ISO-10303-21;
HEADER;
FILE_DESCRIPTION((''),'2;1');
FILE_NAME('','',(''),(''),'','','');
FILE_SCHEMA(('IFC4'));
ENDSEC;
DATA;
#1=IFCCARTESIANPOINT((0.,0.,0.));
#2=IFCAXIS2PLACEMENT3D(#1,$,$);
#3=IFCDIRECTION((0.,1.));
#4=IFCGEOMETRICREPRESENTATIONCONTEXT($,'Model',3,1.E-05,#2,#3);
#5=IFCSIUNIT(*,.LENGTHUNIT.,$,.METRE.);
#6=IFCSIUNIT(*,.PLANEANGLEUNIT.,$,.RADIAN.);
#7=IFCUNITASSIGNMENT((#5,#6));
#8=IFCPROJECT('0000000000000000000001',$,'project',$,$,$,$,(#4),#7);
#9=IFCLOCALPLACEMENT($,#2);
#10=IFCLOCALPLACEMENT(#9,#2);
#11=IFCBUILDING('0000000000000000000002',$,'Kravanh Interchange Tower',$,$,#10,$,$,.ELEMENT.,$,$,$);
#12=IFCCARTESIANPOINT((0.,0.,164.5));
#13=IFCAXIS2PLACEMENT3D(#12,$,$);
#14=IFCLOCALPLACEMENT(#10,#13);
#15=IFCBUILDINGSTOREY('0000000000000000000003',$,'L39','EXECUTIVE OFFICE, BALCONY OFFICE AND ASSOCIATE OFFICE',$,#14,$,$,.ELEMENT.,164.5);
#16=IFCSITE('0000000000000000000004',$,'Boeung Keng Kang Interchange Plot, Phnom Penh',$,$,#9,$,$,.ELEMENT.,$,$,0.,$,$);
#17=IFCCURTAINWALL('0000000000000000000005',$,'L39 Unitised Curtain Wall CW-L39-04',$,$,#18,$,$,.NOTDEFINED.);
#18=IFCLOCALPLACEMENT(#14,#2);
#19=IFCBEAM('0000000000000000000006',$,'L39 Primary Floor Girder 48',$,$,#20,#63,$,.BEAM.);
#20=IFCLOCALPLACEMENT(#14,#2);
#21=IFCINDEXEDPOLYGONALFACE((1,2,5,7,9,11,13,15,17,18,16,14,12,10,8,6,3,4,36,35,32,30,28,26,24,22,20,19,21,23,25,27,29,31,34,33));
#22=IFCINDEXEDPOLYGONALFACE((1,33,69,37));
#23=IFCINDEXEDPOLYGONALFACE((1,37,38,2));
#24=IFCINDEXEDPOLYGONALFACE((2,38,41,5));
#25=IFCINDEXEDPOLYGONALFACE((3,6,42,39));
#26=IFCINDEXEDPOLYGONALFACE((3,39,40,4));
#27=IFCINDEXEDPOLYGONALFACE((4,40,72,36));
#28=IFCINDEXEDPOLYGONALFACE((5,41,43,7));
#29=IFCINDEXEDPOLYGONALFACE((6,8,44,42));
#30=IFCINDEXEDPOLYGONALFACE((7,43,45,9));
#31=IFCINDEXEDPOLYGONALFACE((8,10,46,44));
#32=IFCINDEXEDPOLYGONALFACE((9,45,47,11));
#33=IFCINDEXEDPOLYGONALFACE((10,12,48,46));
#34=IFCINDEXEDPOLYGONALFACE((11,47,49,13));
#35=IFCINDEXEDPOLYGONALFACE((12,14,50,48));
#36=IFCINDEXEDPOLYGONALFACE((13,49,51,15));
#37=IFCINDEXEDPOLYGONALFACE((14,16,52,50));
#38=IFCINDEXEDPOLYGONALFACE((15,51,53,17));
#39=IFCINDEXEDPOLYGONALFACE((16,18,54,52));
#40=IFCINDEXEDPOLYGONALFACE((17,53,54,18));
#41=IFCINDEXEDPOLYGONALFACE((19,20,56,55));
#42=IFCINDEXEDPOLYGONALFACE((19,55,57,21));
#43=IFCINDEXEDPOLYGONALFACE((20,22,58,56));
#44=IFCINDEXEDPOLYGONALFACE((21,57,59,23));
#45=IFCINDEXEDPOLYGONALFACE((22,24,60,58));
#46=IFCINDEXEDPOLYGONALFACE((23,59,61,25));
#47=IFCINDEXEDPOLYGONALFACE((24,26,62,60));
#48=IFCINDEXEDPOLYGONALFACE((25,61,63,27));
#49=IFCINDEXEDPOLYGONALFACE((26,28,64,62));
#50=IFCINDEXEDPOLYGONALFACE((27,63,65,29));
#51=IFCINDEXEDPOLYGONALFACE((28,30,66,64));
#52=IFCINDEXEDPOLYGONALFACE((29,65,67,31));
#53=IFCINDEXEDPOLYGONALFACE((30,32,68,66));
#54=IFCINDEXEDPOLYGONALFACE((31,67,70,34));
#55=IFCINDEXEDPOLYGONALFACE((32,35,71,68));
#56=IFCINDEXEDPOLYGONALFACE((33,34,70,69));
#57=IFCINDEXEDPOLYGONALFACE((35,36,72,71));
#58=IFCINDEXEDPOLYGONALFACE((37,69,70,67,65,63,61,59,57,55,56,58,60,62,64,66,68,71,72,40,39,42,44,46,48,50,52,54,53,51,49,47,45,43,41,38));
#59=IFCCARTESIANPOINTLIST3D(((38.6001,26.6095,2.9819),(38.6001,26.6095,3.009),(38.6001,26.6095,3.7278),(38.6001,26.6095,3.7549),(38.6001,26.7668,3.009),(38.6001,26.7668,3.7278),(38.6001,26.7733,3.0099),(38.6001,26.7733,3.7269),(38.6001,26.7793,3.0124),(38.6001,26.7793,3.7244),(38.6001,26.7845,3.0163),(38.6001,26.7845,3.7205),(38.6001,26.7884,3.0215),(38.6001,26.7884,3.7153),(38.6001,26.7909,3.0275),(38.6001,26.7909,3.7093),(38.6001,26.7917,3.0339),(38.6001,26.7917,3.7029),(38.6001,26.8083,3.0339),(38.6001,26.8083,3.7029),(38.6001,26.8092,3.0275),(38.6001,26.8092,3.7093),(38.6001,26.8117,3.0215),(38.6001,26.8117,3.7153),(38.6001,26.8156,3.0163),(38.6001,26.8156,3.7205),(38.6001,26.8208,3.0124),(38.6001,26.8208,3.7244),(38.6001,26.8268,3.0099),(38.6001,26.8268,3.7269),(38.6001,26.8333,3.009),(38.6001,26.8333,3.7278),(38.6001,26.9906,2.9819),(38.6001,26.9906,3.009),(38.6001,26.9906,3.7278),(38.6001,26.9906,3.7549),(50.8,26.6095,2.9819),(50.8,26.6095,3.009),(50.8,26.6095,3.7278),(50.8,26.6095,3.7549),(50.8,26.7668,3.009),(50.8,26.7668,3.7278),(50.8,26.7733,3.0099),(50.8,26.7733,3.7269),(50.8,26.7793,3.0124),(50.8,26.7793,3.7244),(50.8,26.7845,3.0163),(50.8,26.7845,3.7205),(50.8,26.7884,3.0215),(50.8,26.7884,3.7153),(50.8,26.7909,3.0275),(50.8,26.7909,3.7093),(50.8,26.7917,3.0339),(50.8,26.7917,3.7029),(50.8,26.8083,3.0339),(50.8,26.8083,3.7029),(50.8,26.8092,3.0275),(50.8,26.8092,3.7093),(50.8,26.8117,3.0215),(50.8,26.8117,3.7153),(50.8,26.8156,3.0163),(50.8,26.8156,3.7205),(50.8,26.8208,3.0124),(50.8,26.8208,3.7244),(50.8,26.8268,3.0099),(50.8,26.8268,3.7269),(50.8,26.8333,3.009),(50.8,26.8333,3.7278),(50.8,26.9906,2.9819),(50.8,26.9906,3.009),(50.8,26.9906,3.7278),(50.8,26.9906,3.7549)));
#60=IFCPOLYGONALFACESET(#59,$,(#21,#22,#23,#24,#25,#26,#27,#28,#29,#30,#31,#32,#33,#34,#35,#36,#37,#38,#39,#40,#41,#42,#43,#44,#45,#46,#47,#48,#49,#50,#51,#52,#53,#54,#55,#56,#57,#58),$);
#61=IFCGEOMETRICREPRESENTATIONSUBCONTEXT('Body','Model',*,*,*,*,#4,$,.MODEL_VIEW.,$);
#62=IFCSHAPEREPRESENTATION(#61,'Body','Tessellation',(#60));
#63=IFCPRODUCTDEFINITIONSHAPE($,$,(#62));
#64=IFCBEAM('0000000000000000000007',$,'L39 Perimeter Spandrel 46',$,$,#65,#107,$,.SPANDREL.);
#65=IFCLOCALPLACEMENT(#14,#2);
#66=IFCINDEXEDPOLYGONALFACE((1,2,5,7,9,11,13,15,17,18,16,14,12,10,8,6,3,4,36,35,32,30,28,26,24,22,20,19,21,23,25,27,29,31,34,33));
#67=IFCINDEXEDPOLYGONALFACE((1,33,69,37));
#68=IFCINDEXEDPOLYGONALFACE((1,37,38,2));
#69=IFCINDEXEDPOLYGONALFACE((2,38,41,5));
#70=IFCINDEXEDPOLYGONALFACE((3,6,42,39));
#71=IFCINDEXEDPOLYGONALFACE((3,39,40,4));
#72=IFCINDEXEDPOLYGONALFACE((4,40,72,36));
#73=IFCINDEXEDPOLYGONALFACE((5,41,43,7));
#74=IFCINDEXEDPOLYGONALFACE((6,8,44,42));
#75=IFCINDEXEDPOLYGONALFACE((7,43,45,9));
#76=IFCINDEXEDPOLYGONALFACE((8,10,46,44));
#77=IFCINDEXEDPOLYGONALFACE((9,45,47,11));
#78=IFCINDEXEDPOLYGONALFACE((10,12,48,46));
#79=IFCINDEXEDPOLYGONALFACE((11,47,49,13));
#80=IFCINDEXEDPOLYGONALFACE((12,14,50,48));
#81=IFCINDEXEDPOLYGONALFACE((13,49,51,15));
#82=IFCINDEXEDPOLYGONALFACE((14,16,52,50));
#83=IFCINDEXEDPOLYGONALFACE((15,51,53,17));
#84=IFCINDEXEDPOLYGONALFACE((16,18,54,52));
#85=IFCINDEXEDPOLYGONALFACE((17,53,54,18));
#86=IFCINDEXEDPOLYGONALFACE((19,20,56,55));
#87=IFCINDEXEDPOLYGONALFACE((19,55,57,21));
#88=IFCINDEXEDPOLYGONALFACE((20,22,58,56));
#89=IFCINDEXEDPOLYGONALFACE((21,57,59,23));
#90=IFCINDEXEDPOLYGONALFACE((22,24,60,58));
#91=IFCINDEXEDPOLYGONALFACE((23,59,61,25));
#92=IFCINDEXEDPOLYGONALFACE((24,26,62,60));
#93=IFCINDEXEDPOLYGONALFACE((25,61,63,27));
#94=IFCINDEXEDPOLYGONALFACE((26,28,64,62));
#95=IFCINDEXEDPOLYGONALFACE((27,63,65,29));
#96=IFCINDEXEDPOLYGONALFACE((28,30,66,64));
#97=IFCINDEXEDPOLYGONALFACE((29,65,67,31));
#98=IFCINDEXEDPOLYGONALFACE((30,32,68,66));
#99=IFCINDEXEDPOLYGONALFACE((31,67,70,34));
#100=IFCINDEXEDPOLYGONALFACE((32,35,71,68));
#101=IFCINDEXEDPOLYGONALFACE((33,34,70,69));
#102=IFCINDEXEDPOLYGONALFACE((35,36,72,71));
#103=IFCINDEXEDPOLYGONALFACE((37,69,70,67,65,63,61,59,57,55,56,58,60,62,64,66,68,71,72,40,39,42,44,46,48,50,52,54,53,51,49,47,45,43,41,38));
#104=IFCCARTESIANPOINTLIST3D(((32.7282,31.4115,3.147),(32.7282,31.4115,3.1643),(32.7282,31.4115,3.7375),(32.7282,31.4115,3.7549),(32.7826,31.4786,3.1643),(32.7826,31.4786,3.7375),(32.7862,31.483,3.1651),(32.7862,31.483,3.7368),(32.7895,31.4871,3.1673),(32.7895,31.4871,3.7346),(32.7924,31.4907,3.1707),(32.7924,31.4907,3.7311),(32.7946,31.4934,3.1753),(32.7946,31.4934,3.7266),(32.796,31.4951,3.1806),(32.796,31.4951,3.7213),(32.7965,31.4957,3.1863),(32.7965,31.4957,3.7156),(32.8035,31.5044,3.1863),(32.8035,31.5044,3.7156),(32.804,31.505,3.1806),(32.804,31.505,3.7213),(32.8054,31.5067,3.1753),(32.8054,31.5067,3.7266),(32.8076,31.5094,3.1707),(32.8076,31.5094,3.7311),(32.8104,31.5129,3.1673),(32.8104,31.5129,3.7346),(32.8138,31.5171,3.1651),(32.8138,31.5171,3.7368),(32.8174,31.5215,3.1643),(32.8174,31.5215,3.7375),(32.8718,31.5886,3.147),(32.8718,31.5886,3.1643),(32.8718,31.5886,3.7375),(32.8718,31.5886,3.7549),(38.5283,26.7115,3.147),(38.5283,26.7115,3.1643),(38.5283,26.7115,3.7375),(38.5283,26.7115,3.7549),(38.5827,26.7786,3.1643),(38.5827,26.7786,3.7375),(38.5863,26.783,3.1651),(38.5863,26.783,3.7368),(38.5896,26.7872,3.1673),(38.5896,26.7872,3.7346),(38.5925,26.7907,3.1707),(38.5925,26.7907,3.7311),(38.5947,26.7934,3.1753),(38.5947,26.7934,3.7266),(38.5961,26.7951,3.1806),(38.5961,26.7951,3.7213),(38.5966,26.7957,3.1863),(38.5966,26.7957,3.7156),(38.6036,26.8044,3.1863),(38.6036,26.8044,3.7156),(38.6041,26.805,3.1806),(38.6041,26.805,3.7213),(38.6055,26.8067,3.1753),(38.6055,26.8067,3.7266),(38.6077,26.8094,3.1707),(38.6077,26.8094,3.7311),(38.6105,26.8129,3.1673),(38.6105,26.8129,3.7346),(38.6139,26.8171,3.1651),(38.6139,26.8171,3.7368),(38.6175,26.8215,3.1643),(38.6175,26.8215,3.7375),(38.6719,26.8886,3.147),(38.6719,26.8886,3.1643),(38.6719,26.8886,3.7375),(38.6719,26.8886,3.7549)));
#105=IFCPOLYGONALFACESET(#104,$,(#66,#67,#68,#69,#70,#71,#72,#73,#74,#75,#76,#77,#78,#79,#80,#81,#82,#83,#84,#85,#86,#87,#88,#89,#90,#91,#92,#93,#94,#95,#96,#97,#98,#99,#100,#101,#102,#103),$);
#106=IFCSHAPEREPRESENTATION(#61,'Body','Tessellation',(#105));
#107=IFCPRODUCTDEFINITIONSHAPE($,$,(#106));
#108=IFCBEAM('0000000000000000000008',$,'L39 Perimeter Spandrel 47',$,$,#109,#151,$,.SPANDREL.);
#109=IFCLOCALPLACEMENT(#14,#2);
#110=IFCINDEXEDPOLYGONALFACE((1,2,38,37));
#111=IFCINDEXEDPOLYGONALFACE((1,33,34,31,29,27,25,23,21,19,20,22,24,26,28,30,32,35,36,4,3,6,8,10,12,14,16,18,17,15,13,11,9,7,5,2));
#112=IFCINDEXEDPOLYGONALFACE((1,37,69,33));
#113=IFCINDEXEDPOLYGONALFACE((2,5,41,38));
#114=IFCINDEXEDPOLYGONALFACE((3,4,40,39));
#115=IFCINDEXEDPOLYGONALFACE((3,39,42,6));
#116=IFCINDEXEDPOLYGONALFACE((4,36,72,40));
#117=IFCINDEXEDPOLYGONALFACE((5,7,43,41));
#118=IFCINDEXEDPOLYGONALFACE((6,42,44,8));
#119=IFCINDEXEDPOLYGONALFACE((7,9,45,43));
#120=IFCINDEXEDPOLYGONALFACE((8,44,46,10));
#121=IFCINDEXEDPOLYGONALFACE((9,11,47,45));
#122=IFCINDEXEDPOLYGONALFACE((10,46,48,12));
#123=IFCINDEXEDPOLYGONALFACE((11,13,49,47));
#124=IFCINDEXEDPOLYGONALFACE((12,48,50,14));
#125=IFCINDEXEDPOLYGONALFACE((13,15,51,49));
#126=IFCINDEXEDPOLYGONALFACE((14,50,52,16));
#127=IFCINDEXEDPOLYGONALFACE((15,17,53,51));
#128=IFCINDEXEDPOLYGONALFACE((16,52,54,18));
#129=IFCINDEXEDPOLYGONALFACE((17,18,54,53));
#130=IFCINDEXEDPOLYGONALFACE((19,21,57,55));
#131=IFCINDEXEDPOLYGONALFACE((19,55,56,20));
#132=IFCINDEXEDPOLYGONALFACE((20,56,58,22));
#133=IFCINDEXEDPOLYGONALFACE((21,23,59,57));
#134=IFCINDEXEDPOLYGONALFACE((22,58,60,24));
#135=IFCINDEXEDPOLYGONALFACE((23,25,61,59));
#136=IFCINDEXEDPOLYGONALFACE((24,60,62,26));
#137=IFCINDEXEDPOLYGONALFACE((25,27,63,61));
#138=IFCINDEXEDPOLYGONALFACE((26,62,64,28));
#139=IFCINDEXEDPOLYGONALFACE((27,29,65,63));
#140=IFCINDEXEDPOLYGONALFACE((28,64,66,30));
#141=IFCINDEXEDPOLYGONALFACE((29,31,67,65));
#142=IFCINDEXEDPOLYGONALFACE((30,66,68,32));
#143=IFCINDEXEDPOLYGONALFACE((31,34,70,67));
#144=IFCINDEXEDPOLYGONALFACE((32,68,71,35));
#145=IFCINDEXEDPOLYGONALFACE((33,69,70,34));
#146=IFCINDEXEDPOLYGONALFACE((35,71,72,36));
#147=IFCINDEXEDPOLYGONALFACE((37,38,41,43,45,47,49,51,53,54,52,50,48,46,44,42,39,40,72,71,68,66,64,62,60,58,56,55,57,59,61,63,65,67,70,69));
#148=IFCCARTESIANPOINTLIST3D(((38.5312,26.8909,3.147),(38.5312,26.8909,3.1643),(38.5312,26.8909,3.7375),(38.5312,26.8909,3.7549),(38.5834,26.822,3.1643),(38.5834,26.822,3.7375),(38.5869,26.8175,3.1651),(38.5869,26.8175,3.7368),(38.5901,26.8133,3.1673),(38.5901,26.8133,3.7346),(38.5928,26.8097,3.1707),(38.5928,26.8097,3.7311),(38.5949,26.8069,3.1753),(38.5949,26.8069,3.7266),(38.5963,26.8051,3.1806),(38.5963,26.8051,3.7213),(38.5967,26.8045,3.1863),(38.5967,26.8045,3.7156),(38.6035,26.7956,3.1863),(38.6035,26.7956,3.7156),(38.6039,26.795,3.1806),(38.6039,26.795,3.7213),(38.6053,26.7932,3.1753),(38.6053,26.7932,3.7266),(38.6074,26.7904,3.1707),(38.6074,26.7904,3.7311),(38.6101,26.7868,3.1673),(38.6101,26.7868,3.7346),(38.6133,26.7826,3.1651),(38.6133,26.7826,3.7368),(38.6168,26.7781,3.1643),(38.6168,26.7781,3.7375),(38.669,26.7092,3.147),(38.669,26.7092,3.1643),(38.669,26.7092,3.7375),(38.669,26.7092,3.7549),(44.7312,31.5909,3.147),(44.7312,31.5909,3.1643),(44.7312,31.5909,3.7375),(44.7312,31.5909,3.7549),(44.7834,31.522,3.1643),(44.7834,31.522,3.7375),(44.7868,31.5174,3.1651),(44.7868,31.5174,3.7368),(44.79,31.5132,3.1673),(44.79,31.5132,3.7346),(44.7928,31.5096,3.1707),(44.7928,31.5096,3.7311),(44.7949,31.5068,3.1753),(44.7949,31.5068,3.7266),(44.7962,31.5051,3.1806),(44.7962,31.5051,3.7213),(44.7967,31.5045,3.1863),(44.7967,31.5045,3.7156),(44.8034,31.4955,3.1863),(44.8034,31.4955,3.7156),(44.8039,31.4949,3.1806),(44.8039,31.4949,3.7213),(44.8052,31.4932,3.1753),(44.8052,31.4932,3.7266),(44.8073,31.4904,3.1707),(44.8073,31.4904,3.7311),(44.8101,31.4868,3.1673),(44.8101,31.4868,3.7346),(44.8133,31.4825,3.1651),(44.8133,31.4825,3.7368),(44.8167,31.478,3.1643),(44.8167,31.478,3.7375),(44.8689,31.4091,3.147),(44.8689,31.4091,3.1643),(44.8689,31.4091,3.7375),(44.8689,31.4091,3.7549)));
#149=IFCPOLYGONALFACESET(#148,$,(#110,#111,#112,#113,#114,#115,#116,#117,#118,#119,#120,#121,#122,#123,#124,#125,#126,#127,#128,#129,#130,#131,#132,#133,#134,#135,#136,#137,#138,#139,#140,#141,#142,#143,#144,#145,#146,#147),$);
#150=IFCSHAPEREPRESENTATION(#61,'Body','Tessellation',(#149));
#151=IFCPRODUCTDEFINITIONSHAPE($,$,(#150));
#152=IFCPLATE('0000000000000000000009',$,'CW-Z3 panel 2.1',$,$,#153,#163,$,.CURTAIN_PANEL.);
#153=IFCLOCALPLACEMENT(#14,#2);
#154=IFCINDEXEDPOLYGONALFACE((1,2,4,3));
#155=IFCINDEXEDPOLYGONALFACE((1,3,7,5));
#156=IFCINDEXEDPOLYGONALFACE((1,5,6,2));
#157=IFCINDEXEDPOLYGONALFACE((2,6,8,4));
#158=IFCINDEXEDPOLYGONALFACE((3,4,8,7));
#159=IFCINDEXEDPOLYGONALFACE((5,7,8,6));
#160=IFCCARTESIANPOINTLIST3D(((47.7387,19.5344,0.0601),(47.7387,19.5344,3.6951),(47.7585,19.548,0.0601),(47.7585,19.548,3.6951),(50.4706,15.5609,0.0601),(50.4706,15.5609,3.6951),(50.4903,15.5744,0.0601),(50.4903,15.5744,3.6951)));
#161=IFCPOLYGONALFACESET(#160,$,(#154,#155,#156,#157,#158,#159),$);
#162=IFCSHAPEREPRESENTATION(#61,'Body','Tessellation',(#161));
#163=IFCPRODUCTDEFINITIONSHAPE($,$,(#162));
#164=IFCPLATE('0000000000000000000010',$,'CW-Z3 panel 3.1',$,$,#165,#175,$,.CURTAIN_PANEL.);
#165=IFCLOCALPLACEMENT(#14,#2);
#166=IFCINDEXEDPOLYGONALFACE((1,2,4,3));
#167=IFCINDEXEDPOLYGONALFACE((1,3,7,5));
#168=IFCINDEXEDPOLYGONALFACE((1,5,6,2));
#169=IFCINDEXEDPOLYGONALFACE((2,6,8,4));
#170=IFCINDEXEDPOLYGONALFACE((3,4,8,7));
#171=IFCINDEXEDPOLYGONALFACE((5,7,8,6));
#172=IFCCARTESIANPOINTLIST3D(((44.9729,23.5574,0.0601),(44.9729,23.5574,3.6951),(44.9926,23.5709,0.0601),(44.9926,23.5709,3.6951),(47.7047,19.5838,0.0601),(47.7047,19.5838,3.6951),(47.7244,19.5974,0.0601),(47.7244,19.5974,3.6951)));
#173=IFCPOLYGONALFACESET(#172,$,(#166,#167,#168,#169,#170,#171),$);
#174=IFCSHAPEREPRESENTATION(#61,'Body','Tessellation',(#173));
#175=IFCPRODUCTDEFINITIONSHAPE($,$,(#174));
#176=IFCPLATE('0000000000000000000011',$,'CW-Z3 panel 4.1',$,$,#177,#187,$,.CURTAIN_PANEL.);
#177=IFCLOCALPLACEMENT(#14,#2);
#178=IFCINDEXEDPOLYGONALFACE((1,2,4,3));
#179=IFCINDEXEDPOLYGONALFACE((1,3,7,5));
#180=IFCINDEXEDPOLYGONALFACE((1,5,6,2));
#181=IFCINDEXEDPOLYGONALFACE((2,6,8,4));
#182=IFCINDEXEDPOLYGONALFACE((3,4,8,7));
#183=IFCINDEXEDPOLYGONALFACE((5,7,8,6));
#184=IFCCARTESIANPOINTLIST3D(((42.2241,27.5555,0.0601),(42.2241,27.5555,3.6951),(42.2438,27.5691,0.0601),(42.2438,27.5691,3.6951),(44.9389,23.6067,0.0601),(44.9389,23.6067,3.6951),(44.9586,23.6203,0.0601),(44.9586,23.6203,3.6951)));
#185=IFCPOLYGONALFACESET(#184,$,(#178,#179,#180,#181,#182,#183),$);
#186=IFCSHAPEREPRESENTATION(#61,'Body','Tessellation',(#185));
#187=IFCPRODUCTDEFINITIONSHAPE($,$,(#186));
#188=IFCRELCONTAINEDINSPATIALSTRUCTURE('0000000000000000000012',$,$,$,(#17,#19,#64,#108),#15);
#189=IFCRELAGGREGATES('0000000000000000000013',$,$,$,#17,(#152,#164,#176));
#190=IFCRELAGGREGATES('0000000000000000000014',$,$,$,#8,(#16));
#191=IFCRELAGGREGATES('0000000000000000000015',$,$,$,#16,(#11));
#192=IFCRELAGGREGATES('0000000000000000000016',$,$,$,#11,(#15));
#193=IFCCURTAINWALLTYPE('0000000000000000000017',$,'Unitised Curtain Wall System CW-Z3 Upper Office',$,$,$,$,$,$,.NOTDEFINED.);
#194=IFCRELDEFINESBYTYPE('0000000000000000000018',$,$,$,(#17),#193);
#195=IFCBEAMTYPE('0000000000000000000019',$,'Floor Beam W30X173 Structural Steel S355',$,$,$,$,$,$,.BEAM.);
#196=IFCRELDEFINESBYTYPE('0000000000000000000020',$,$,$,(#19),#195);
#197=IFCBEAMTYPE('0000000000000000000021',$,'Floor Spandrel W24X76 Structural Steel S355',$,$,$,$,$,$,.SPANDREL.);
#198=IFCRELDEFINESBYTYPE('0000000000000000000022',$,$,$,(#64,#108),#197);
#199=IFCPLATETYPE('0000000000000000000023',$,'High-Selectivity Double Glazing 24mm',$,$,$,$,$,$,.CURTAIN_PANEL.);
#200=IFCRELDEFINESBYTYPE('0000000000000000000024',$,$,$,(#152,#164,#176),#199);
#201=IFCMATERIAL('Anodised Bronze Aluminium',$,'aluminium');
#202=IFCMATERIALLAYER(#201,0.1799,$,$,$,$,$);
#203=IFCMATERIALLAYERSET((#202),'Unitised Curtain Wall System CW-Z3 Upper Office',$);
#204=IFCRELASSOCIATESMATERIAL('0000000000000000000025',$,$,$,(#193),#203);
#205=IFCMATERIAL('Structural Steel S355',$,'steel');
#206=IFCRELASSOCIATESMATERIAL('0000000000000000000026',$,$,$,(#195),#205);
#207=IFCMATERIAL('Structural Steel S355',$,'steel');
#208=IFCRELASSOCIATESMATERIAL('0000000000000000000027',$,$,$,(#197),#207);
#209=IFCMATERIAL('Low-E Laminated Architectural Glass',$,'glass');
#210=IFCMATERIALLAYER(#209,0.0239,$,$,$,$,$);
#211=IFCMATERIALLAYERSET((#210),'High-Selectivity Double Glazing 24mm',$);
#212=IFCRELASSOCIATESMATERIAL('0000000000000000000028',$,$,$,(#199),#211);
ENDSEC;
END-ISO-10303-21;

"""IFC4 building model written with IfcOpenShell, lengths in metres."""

from ifc_helpers import new_model, si_unit, direction, frame, origin, origin_2d, place, context, subcontext, project, spatial, rectangle, i_section, extrude, material, layer, layer_set, material_profile, profile_set, type_object, element, aggregate, save


model = new_model("IFC4")

# Units and contexts
model_context = context("Model", 3, precision=1e-05, world=origin(), true_north=direction((0.0, 1.0)))
body_context = subcontext(model_context, "Body", "Model", "MODEL_VIEW")
ifc_project = project(units=[si_unit("LENGTHUNIT", "METRE"), si_unit("PLANEANGLEUNIT", "RADIAN")], contexts=[model_context])

# Site, building, storey
site_placement = place(None, origin())
site = spatial("IfcSite", under=ifc_project, at=site_placement, Name="Boeung Keng Kang Interchange Plot, Phnom Penh", CompositionType="ELEMENT", RefElevation=0.0)
building_placement = place(site_placement, origin())
building = spatial("IfcBuilding", under=site, at=building_placement, Name="Kravanh Interchange Tower", CompositionType="ELEMENT")
storey_placement = place(building_placement, frame((0.0, 0.0, 164.5)))
storey = spatial("IfcBuildingStorey", under=building, at=storey_placement, Name="L39", Description="EXECUTIVE OFFICE, BALCONY OFFICE AND ASSOCIATE OFFICE", CompositionType="ELEMENT", Elevation=164.5)

# Curtain wall
ifc_material_1 = material(Name="Anodised Bronze Aluminium", Category="aluminium")
ifc_layer_1 = layer(ifc_material_1, 0.1799)
ifc_layer_set_1 = layer_set([ifc_layer_1], Name="Unitised Curtain Wall System CW-Z3 Upper Office")
curtain_wall_type = type_object("IfcCurtainWallType", Name="Unitised Curtain Wall System CW-Z3 Upper Office", PredefinedType="NOTDEFINED", material=ifc_layer_set_1)
curtain_wall_1_placement = place(storey_placement, origin())
curtain_wall_1 = element("IfcCurtainWall", 1, at=curtain_wall_1_placement, inside=storey, type_object=curtain_wall_type, Name="L39 Unitised Curtain Wall CW-L39-04", PredefinedType="NOTDEFINED")

# Beams
ifc_material_2 = material(Name="Structural Steel S355", Category="steel")
ifc_material_profile_1 = material_profile(ifc_material_2, i_section(OverallWidth=0.3811, OverallDepth=0.7729, WebThickness=0.0166, FlangeThickness=0.0271, FilletRadius=0.0249, at=origin_2d()), Name="W30X173")
ifc_profile_set_1 = profile_set([ifc_material_profile_1], Name="Structural Steel S355")
beam_type_1 = type_object("IfcBeamType", Name="Floor Beam W30X173 Structural Steel S355", PredefinedType="BEAM", material=ifc_profile_set_1)
beam_1_placement = place(storey_placement, frame((38.6001, 26.8, 3.3684), z_axis=(1.0, 0.0, 0.0), x_axis=(0.0, 1.0, 0.0)))
element("IfcBeam", 2, at=beam_1_placement, inside=storey, type_object=beam_type_1, Name="L39 Primary Floor Girder 48", PredefinedType="BEAM", context=body_context, shape_type="SweptSolid", body=[
    extrude(i_section(OverallWidth=0.3811, OverallDepth=0.7729, WebThickness=0.0166, FlangeThickness=0.0271, FilletRadius=0.0249, at=origin_2d()), origin(), (0.0, 0.0, 1.0), 12.2),
])
ifc_material_3 = material(Name="Structural Steel S355", Category="steel")
ifc_material_profile_2 = material_profile(ifc_material_3, i_section(OverallWidth=0.228, OverallDepth=0.6079, WebThickness=0.0112, FlangeThickness=0.0173, FilletRadius=0.022, at=origin_2d()), Name="W24X76")
ifc_profile_set_2 = profile_set([ifc_material_profile_2], Name="Structural Steel S355")
beam_type_2 = type_object("IfcBeamType", Name="Floor Spandrel W24X76 Structural Steel S355", PredefinedType="SPANDREL", material=ifc_profile_set_2)
beam_2_placement = place(storey_placement, frame((38.6001, 26.8, 3.4509), z_axis=(-0.776939, 0.629576, 0.0), x_axis=(-0.629576, -0.776939, 0.0)))
element("IfcBeam", 3, at=beam_2_placement, inside=storey, type_object=beam_type_2, Name="L39 Perimeter Spandrel 46", PredefinedType="SPANDREL", context=body_context, shape_type="SweptSolid", body=[
    extrude(i_section(OverallWidth=0.228, OverallDepth=0.6079, WebThickness=0.0112, FlangeThickness=0.0173, FilletRadius=0.022, at=origin_2d()), origin(), (0.0, 0.0, 1.0), 7.4653),
])
beam_3_placement = place(storey_placement, frame((38.6001, 26.8, 3.4509), z_axis=(0.796905, 0.604104, 0.0), x_axis=(-0.604104, 0.796905, 0.0)))
element("IfcBeam", 4, at=beam_3_placement, inside=storey, type_object=beam_type_2, Name="L39 Perimeter Spandrel 47", PredefinedType="SPANDREL", context=body_context, shape_type="SweptSolid", body=[
    extrude(i_section(OverallWidth=0.228, OverallDepth=0.6079, WebThickness=0.0112, FlangeThickness=0.0173, FilletRadius=0.022, at=origin_2d()), origin(), (0.0, 0.0, 1.0), 7.78),
])

# Plates
ifc_material_4 = material(Name="Low-E Laminated Architectural Glass", Category="glass")
ifc_layer_2 = layer(ifc_material_4, 0.0239)
ifc_layer_set_2 = layer_set([ifc_layer_2], Name="High-Selectivity Double Glazing 24mm")
plate_type = type_object("IfcPlateType", Name="High-Selectivity Double Glazing 24mm", PredefinedType="CURTAIN_PANEL", material=ifc_layer_set_2)
plate_1_placement = place(storey_placement, frame((49.1145, 17.5544, 0.0601), z_axis=(0.0, 0.0, 1.0), x_axis=(-0.566528, 0.824042, 0.0)))
plate_1 = element("IfcPlate", 5, at=plate_1_placement, type_object=plate_type, Name="CW-Z3 panel 2.1", PredefinedType="CURTAIN_PANEL", context=body_context, shape_type="SweptSolid", body=[
    extrude(rectangle(XDim=4.822, YDim=0.0239, at=origin_2d()), origin(), (0.0, 0.0, 1.0), 3.635),
])
plate_2_placement = place(storey_placement, frame((46.3486, 21.5774, 0.0601), z_axis=(0.0, 0.0, 1.0), x_axis=(-0.566528, 0.824042, 0.0)))
plate_2 = element("IfcPlate", 6, at=plate_2_placement, type_object=plate_type, Name="CW-Z3 panel 3.1", PredefinedType="CURTAIN_PANEL", context=body_context, shape_type="SweptSolid", body=[
    extrude(rectangle(XDim=4.822, YDim=0.0239, at=origin_2d()), origin(), (0.0, 0.0, 1.0), 3.635),
])
plate_3_placement = place(storey_placement, frame((43.5913, 25.5879, 0.0601), z_axis=(0.0, 0.0, 1.0), x_axis=(-0.566528, 0.824042, 0.0)))
plate_3 = element("IfcPlate", 7, at=plate_3_placement, type_object=plate_type, Name="CW-Z3 panel 4.1", PredefinedType="CURTAIN_PANEL", context=body_context, shape_type="SweptSolid", body=[
    extrude(rectangle(XDim=4.792, YDim=0.0239, at=origin_2d()), origin(), (0.0, 0.0, 1.0), 3.635),
])
aggregate(curtain_wall_1, [plate_1, plate_2, plate_3])

save(model, "model.ifc")
